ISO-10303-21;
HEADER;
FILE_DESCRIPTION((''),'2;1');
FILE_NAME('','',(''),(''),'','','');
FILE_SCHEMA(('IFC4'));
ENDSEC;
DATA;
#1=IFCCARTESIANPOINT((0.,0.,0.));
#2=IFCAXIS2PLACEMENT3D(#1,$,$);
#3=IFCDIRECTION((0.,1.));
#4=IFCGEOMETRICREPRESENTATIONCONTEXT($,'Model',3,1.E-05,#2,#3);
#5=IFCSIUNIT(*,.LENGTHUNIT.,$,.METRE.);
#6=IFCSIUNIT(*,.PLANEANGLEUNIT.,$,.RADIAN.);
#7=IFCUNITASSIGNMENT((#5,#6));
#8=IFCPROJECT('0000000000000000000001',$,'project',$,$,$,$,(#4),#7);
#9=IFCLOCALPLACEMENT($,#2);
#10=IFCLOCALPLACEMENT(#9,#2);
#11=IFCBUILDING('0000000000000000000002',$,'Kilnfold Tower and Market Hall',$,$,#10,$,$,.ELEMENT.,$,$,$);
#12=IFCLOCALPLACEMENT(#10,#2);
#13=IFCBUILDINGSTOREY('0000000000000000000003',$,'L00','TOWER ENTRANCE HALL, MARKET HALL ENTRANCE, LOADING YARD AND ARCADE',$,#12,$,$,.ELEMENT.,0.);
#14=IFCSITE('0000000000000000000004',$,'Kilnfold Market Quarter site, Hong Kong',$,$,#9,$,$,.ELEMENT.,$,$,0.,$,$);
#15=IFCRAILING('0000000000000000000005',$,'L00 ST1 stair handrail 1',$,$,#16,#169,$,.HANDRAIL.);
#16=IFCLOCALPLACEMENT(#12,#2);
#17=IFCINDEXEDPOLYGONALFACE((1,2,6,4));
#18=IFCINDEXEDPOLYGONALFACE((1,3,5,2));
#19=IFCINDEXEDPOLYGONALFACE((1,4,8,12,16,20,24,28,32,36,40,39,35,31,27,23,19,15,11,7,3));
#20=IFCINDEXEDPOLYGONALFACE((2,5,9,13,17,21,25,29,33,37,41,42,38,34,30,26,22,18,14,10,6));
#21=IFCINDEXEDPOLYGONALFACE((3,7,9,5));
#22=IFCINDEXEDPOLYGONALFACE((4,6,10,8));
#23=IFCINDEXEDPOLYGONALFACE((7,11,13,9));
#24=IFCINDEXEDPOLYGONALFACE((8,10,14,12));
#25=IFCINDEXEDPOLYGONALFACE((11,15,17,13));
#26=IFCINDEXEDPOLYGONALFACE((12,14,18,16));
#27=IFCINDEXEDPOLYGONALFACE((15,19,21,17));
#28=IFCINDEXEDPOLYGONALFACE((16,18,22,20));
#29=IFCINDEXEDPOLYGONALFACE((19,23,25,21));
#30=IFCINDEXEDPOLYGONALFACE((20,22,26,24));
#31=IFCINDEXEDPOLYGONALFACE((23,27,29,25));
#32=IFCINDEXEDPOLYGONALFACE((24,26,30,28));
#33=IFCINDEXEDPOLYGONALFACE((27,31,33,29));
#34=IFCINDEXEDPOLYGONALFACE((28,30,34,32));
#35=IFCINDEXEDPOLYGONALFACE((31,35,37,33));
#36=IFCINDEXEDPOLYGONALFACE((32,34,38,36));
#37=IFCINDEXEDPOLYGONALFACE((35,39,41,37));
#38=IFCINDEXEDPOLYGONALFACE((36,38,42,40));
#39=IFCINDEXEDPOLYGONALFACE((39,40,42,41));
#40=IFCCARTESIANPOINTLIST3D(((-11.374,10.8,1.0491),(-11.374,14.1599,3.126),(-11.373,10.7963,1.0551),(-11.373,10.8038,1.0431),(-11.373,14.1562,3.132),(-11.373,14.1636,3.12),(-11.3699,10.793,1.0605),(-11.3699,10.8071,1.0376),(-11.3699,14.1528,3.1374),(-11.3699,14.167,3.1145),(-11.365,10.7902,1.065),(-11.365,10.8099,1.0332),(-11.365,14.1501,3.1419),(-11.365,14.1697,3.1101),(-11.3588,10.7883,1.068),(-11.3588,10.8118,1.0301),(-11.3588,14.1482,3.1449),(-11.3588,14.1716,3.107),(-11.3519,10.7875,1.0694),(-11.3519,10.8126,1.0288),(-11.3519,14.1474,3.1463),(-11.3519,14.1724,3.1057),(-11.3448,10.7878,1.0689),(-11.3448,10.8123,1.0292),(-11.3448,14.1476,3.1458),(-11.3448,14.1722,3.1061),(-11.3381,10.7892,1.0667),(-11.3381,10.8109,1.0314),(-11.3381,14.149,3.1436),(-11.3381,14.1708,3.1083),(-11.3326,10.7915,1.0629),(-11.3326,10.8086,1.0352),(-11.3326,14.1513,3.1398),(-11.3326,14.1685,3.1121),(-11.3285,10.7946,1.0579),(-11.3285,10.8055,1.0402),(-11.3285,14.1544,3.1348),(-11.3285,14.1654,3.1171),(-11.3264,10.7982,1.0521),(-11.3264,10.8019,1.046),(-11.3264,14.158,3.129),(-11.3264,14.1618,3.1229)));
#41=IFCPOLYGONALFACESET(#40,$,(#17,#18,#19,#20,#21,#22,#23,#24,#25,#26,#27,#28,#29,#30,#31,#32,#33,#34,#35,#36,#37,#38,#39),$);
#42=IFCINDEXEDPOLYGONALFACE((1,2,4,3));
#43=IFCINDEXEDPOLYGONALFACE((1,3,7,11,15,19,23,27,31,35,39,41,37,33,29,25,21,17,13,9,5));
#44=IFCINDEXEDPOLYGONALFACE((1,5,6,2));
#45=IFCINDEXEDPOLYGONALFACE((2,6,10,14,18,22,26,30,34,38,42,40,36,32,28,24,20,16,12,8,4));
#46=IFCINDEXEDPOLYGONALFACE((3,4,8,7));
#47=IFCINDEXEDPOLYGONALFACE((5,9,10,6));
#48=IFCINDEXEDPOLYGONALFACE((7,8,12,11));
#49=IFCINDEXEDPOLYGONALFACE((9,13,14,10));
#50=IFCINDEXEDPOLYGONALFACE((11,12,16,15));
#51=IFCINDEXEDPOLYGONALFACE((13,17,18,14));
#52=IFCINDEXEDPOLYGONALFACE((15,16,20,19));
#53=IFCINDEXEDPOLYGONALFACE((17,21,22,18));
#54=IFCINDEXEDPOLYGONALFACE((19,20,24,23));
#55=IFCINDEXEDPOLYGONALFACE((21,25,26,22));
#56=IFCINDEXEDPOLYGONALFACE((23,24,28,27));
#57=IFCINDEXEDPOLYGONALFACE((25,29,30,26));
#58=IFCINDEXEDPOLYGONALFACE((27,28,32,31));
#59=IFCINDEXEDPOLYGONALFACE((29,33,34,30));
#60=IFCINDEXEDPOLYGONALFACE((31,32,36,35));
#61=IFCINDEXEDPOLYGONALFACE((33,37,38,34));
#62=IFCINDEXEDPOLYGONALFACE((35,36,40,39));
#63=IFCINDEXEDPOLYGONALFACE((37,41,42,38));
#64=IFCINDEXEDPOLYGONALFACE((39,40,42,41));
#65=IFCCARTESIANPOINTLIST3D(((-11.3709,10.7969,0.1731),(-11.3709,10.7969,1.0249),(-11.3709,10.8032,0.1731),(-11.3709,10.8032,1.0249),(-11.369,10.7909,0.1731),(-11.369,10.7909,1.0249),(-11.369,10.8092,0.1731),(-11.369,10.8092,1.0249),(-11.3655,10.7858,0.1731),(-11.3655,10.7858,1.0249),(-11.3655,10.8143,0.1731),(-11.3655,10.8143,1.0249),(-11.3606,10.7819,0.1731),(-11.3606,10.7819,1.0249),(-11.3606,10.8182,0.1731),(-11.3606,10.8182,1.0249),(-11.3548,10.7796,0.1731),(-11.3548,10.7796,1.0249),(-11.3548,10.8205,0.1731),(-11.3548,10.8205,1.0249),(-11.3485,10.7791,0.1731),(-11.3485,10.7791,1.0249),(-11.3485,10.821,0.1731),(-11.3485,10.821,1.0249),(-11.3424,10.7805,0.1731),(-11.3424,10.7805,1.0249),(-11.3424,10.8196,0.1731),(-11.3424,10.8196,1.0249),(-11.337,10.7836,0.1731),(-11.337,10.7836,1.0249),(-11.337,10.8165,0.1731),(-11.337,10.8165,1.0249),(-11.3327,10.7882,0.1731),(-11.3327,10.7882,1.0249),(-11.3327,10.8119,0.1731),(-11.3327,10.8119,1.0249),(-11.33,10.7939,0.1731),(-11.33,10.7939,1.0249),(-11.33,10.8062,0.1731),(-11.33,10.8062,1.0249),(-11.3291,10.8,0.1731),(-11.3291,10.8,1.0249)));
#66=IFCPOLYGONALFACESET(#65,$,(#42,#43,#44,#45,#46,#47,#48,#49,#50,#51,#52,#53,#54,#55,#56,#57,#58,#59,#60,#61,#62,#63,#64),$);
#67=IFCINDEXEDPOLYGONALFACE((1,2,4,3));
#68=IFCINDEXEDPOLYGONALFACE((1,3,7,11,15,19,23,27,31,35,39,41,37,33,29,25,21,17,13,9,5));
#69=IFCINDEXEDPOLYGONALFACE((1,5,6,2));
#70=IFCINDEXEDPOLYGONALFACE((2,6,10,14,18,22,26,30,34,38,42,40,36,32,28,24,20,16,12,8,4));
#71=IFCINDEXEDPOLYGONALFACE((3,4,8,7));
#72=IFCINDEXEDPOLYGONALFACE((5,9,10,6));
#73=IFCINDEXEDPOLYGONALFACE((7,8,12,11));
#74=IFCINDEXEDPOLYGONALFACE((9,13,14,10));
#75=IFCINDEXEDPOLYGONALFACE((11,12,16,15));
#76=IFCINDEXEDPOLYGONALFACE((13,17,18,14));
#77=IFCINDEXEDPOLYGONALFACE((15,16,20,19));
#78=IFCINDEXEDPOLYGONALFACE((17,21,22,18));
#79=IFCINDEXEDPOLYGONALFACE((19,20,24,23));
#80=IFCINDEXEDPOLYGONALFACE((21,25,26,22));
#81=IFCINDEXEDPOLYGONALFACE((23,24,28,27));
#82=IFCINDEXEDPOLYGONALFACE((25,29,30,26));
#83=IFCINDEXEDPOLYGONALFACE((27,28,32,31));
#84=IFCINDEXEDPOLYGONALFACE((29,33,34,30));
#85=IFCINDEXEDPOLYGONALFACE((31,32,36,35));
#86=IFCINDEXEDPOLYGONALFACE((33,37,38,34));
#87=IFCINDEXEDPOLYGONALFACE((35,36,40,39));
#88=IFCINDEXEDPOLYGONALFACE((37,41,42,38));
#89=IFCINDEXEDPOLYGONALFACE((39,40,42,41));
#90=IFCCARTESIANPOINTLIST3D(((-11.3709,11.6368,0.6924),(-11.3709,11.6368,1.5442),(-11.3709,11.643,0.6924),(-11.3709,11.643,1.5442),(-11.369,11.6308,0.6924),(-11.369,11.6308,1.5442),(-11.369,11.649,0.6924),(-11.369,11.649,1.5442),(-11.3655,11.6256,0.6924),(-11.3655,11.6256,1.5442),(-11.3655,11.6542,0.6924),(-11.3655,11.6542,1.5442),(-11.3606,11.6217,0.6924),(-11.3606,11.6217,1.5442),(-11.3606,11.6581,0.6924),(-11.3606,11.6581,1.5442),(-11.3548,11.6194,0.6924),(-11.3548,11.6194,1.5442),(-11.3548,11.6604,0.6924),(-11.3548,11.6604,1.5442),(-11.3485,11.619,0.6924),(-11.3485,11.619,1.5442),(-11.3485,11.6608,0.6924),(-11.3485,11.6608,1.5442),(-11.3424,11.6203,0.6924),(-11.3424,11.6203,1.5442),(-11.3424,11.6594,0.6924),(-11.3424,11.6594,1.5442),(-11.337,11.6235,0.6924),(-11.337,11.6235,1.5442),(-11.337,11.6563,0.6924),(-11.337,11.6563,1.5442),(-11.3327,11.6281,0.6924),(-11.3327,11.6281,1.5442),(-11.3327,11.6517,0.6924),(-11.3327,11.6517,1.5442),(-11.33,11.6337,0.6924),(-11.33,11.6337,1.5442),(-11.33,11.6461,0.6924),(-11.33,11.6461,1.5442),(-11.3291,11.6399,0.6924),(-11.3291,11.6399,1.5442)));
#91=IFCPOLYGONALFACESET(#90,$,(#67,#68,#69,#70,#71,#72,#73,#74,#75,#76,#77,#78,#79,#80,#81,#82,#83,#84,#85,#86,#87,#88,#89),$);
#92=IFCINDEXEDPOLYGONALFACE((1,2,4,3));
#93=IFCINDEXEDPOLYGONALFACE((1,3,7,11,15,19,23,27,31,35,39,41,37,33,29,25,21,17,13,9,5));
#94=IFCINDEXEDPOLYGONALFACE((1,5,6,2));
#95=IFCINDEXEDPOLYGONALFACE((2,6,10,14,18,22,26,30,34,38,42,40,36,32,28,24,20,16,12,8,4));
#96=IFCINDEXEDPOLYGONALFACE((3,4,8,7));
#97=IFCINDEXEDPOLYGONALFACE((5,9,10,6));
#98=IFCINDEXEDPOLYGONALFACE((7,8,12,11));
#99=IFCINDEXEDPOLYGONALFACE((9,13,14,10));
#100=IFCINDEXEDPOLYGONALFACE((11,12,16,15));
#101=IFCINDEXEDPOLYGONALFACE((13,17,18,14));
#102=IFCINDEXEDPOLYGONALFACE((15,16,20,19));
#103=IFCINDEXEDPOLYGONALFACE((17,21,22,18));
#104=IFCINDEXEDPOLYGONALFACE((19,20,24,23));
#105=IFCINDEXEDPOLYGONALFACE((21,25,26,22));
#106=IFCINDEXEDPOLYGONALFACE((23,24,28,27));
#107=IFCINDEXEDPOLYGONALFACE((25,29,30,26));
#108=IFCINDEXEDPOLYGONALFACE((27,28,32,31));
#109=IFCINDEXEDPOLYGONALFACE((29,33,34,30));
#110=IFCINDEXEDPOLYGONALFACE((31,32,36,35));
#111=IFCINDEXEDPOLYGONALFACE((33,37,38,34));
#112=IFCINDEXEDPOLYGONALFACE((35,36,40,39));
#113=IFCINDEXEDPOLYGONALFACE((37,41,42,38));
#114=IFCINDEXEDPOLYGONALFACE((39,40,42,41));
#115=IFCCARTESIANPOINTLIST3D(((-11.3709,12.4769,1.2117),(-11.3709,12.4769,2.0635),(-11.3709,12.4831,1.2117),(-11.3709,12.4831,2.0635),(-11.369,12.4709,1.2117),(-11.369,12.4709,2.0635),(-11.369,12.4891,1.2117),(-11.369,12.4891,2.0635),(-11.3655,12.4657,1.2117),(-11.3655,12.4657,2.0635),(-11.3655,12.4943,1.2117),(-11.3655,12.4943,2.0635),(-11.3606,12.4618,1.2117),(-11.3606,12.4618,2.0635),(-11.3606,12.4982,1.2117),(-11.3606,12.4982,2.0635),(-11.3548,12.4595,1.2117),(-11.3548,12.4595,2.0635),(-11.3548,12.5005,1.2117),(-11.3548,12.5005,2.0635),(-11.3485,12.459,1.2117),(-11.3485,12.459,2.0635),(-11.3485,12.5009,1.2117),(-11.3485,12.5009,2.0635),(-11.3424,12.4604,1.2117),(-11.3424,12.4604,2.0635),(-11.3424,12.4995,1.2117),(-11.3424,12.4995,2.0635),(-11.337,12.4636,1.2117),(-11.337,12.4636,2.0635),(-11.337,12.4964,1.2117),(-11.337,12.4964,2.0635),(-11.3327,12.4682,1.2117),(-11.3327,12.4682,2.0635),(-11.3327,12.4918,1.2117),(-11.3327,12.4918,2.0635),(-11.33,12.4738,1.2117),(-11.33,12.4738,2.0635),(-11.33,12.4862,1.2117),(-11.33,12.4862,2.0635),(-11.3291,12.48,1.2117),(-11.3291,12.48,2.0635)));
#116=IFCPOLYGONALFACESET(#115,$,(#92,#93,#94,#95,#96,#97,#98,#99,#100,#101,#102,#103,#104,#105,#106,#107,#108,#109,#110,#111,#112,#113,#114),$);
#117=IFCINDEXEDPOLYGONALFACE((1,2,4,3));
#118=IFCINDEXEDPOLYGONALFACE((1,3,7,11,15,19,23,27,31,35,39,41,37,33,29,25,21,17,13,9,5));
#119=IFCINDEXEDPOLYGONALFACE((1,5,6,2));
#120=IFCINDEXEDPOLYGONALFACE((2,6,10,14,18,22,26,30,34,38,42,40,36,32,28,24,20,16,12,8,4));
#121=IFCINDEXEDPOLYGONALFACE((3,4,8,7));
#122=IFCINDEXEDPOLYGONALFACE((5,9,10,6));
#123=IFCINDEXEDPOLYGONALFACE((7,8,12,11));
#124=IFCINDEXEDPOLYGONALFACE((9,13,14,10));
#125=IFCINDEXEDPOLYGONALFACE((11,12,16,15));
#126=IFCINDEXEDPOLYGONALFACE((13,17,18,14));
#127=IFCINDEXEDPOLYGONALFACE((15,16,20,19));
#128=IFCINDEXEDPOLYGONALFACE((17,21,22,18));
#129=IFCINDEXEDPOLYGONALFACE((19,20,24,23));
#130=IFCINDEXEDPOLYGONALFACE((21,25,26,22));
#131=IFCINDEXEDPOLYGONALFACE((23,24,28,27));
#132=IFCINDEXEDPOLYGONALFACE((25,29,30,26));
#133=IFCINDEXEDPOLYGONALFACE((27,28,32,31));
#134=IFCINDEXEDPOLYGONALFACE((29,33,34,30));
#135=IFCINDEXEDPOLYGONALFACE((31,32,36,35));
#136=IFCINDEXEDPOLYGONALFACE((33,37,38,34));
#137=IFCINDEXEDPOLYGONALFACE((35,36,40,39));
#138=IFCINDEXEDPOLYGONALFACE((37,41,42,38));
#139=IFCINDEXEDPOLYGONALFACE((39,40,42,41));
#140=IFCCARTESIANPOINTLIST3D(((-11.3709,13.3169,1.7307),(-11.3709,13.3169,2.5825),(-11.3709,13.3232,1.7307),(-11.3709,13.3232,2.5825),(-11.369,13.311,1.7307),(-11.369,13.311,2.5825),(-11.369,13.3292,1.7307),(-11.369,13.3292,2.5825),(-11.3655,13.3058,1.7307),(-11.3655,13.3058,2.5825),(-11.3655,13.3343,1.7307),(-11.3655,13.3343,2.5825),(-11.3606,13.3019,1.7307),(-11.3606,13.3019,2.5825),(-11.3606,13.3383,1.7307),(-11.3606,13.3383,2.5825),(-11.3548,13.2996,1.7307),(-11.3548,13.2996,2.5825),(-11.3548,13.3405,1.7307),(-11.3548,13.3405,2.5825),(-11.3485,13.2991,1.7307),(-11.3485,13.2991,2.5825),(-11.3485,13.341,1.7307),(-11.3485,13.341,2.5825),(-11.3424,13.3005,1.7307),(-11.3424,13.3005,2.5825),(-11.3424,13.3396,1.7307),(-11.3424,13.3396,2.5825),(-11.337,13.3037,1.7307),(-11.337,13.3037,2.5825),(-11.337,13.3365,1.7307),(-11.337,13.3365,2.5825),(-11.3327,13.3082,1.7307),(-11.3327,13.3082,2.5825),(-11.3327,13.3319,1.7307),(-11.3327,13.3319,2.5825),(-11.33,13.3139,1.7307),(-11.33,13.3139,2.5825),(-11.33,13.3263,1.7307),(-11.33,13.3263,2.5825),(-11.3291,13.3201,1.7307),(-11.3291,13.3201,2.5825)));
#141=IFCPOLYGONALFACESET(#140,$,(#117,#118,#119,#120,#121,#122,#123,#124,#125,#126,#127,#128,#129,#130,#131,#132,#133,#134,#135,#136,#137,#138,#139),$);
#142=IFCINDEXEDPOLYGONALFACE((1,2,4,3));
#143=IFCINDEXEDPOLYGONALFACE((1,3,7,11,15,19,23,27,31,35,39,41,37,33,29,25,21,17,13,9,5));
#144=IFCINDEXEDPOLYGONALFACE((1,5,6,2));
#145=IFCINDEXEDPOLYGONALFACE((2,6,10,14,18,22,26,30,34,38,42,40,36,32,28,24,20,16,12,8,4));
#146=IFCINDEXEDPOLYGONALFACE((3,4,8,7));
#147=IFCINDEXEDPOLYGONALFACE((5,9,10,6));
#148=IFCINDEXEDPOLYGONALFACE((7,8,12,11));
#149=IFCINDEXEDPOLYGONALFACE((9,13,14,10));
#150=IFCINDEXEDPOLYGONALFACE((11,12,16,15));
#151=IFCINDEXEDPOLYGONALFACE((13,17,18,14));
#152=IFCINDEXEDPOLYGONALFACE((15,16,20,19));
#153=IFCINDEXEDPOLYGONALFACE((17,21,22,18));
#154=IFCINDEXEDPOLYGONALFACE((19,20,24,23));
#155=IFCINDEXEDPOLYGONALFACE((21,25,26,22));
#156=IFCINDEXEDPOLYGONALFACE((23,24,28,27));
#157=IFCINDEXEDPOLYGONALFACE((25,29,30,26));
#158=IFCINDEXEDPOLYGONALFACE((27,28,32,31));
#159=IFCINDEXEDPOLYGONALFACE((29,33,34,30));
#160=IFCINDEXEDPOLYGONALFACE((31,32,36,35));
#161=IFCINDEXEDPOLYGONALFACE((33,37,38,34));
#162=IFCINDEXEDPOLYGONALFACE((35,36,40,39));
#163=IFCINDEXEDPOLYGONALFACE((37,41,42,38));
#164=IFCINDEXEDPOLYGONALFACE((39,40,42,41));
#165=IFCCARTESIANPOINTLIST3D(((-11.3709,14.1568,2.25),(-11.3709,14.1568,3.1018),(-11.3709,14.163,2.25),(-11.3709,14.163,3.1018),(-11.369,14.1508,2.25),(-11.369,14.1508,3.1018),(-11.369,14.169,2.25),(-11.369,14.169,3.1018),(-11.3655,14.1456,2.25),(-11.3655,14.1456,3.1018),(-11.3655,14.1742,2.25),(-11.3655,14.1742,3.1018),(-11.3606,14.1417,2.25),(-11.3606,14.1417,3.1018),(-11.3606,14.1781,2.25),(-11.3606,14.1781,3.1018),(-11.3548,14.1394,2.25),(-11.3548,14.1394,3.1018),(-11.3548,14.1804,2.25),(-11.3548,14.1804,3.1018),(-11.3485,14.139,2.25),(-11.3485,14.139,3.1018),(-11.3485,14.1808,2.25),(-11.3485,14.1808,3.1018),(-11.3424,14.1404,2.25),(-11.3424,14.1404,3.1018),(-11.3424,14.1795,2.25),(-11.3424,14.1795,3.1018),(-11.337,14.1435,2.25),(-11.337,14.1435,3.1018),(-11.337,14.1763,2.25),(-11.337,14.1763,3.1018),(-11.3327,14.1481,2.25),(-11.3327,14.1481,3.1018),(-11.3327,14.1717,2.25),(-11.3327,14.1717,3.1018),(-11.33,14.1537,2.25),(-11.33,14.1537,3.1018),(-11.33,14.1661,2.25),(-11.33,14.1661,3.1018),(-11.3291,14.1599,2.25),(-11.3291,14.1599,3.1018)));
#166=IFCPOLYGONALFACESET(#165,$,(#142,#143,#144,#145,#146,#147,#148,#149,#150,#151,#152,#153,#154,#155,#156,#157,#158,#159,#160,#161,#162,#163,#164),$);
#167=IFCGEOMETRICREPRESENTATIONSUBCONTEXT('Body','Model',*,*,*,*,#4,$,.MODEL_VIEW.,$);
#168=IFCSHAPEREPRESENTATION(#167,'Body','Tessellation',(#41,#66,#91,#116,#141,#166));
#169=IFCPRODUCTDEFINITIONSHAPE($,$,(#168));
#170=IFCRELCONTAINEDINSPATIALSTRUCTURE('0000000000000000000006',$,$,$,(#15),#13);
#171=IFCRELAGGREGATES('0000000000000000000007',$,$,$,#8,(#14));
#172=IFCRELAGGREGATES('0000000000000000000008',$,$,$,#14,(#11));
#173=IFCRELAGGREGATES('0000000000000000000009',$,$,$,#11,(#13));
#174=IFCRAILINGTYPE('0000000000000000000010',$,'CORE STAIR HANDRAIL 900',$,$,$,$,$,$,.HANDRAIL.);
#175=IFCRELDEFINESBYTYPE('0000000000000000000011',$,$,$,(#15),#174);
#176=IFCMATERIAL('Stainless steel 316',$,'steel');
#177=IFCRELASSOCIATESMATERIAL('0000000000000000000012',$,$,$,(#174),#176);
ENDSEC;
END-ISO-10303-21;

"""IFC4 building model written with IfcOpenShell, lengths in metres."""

from ifc_helpers import new_model, si_unit, direction, frame, origin, origin_2d, place, context, subcontext, project, spatial, circle, extrude, material, type_object, element, save


model = new_model("IFC4")

# Units and contexts
model_context = context("Model", 3, precision=1e-05, world=origin(), true_north=direction((0.0, 1.0)))
body_context = subcontext(model_context, "Body", "Model", "MODEL_VIEW")
ifc_project = project(units=[si_unit("LENGTHUNIT", "METRE"), si_unit("PLANEANGLEUNIT", "RADIAN")], contexts=[model_context])

# Site, building, storey
site_placement = place(None, origin())
site = spatial("IfcSite", under=ifc_project, at=site_placement, Name="Kilnfold Market Quarter site, Hong Kong", CompositionType="ELEMENT", RefElevation=0.0)
building_placement = place(site_placement, origin())
building = spatial("IfcBuilding", under=site, at=building_placement, Name="Kilnfold Tower and Market Hall", CompositionType="ELEMENT")
storey_placement = place(building_placement, origin())
storey = spatial("IfcBuildingStorey", under=building, at=storey_placement, Name="L00", Description="TOWER ENTRANCE HALL, MARKET HALL ENTRANCE, LOADING YARD AND ARCADE", CompositionType="ELEMENT", Elevation=0.0)

# Railing
ifc_material_1 = material(Name="Stainless steel 316", Category="steel")
railing_type = type_object("IfcRailingType", Name="CORE STAIR HANDRAIL 900", PredefinedType="HANDRAIL", material=ifc_material_1)
for number, where, name in (
    (1, (-11.3501, 10.8, 0.1731), "L00 ST1 stair handrail 1"),
):
    element("IfcRailing", number, at=place(storey_placement, frame(where)), inside=storey, type_object=railing_type, Name=name, PredefinedType="HANDRAIL", context=body_context, shape_type="SweptSolid", body=[
        extrude(circle(Radius=0.0239, at=origin_2d()), frame((0.0, 0.0, 0.876), z_axis=(0.0, 0.850606, 0.525803), x_axis=(-1.0, 0.0, 0.0)), (0.0, 0.0, 1.0), 3.95),
        extrude(circle(Radius=0.021, at=origin_2d()), origin(), (0.0, 0.0, 1.0), 0.8518),
        extrude(circle(Radius=0.021, at=origin_2d()), frame((0.0, 0.8398, 0.5193)), (0.0, 0.0, 1.0), 0.8518),
        extrude(circle(Radius=0.021, at=origin_2d()), frame((0.0, 1.6799, 1.0386)), (0.0, 0.0, 1.0), 0.8518),
        extrude(circle(Radius=0.021, at=origin_2d()), frame((0.0, 2.52, 1.5576)), (0.0, 0.0, 1.0), 0.8518),
        extrude(circle(Radius=0.021, at=origin_2d()), frame((0.0, 3.3599, 2.0769)), (0.0, 0.0, 1.0), 0.8518),
    ])

save(model, "model.ifc")
